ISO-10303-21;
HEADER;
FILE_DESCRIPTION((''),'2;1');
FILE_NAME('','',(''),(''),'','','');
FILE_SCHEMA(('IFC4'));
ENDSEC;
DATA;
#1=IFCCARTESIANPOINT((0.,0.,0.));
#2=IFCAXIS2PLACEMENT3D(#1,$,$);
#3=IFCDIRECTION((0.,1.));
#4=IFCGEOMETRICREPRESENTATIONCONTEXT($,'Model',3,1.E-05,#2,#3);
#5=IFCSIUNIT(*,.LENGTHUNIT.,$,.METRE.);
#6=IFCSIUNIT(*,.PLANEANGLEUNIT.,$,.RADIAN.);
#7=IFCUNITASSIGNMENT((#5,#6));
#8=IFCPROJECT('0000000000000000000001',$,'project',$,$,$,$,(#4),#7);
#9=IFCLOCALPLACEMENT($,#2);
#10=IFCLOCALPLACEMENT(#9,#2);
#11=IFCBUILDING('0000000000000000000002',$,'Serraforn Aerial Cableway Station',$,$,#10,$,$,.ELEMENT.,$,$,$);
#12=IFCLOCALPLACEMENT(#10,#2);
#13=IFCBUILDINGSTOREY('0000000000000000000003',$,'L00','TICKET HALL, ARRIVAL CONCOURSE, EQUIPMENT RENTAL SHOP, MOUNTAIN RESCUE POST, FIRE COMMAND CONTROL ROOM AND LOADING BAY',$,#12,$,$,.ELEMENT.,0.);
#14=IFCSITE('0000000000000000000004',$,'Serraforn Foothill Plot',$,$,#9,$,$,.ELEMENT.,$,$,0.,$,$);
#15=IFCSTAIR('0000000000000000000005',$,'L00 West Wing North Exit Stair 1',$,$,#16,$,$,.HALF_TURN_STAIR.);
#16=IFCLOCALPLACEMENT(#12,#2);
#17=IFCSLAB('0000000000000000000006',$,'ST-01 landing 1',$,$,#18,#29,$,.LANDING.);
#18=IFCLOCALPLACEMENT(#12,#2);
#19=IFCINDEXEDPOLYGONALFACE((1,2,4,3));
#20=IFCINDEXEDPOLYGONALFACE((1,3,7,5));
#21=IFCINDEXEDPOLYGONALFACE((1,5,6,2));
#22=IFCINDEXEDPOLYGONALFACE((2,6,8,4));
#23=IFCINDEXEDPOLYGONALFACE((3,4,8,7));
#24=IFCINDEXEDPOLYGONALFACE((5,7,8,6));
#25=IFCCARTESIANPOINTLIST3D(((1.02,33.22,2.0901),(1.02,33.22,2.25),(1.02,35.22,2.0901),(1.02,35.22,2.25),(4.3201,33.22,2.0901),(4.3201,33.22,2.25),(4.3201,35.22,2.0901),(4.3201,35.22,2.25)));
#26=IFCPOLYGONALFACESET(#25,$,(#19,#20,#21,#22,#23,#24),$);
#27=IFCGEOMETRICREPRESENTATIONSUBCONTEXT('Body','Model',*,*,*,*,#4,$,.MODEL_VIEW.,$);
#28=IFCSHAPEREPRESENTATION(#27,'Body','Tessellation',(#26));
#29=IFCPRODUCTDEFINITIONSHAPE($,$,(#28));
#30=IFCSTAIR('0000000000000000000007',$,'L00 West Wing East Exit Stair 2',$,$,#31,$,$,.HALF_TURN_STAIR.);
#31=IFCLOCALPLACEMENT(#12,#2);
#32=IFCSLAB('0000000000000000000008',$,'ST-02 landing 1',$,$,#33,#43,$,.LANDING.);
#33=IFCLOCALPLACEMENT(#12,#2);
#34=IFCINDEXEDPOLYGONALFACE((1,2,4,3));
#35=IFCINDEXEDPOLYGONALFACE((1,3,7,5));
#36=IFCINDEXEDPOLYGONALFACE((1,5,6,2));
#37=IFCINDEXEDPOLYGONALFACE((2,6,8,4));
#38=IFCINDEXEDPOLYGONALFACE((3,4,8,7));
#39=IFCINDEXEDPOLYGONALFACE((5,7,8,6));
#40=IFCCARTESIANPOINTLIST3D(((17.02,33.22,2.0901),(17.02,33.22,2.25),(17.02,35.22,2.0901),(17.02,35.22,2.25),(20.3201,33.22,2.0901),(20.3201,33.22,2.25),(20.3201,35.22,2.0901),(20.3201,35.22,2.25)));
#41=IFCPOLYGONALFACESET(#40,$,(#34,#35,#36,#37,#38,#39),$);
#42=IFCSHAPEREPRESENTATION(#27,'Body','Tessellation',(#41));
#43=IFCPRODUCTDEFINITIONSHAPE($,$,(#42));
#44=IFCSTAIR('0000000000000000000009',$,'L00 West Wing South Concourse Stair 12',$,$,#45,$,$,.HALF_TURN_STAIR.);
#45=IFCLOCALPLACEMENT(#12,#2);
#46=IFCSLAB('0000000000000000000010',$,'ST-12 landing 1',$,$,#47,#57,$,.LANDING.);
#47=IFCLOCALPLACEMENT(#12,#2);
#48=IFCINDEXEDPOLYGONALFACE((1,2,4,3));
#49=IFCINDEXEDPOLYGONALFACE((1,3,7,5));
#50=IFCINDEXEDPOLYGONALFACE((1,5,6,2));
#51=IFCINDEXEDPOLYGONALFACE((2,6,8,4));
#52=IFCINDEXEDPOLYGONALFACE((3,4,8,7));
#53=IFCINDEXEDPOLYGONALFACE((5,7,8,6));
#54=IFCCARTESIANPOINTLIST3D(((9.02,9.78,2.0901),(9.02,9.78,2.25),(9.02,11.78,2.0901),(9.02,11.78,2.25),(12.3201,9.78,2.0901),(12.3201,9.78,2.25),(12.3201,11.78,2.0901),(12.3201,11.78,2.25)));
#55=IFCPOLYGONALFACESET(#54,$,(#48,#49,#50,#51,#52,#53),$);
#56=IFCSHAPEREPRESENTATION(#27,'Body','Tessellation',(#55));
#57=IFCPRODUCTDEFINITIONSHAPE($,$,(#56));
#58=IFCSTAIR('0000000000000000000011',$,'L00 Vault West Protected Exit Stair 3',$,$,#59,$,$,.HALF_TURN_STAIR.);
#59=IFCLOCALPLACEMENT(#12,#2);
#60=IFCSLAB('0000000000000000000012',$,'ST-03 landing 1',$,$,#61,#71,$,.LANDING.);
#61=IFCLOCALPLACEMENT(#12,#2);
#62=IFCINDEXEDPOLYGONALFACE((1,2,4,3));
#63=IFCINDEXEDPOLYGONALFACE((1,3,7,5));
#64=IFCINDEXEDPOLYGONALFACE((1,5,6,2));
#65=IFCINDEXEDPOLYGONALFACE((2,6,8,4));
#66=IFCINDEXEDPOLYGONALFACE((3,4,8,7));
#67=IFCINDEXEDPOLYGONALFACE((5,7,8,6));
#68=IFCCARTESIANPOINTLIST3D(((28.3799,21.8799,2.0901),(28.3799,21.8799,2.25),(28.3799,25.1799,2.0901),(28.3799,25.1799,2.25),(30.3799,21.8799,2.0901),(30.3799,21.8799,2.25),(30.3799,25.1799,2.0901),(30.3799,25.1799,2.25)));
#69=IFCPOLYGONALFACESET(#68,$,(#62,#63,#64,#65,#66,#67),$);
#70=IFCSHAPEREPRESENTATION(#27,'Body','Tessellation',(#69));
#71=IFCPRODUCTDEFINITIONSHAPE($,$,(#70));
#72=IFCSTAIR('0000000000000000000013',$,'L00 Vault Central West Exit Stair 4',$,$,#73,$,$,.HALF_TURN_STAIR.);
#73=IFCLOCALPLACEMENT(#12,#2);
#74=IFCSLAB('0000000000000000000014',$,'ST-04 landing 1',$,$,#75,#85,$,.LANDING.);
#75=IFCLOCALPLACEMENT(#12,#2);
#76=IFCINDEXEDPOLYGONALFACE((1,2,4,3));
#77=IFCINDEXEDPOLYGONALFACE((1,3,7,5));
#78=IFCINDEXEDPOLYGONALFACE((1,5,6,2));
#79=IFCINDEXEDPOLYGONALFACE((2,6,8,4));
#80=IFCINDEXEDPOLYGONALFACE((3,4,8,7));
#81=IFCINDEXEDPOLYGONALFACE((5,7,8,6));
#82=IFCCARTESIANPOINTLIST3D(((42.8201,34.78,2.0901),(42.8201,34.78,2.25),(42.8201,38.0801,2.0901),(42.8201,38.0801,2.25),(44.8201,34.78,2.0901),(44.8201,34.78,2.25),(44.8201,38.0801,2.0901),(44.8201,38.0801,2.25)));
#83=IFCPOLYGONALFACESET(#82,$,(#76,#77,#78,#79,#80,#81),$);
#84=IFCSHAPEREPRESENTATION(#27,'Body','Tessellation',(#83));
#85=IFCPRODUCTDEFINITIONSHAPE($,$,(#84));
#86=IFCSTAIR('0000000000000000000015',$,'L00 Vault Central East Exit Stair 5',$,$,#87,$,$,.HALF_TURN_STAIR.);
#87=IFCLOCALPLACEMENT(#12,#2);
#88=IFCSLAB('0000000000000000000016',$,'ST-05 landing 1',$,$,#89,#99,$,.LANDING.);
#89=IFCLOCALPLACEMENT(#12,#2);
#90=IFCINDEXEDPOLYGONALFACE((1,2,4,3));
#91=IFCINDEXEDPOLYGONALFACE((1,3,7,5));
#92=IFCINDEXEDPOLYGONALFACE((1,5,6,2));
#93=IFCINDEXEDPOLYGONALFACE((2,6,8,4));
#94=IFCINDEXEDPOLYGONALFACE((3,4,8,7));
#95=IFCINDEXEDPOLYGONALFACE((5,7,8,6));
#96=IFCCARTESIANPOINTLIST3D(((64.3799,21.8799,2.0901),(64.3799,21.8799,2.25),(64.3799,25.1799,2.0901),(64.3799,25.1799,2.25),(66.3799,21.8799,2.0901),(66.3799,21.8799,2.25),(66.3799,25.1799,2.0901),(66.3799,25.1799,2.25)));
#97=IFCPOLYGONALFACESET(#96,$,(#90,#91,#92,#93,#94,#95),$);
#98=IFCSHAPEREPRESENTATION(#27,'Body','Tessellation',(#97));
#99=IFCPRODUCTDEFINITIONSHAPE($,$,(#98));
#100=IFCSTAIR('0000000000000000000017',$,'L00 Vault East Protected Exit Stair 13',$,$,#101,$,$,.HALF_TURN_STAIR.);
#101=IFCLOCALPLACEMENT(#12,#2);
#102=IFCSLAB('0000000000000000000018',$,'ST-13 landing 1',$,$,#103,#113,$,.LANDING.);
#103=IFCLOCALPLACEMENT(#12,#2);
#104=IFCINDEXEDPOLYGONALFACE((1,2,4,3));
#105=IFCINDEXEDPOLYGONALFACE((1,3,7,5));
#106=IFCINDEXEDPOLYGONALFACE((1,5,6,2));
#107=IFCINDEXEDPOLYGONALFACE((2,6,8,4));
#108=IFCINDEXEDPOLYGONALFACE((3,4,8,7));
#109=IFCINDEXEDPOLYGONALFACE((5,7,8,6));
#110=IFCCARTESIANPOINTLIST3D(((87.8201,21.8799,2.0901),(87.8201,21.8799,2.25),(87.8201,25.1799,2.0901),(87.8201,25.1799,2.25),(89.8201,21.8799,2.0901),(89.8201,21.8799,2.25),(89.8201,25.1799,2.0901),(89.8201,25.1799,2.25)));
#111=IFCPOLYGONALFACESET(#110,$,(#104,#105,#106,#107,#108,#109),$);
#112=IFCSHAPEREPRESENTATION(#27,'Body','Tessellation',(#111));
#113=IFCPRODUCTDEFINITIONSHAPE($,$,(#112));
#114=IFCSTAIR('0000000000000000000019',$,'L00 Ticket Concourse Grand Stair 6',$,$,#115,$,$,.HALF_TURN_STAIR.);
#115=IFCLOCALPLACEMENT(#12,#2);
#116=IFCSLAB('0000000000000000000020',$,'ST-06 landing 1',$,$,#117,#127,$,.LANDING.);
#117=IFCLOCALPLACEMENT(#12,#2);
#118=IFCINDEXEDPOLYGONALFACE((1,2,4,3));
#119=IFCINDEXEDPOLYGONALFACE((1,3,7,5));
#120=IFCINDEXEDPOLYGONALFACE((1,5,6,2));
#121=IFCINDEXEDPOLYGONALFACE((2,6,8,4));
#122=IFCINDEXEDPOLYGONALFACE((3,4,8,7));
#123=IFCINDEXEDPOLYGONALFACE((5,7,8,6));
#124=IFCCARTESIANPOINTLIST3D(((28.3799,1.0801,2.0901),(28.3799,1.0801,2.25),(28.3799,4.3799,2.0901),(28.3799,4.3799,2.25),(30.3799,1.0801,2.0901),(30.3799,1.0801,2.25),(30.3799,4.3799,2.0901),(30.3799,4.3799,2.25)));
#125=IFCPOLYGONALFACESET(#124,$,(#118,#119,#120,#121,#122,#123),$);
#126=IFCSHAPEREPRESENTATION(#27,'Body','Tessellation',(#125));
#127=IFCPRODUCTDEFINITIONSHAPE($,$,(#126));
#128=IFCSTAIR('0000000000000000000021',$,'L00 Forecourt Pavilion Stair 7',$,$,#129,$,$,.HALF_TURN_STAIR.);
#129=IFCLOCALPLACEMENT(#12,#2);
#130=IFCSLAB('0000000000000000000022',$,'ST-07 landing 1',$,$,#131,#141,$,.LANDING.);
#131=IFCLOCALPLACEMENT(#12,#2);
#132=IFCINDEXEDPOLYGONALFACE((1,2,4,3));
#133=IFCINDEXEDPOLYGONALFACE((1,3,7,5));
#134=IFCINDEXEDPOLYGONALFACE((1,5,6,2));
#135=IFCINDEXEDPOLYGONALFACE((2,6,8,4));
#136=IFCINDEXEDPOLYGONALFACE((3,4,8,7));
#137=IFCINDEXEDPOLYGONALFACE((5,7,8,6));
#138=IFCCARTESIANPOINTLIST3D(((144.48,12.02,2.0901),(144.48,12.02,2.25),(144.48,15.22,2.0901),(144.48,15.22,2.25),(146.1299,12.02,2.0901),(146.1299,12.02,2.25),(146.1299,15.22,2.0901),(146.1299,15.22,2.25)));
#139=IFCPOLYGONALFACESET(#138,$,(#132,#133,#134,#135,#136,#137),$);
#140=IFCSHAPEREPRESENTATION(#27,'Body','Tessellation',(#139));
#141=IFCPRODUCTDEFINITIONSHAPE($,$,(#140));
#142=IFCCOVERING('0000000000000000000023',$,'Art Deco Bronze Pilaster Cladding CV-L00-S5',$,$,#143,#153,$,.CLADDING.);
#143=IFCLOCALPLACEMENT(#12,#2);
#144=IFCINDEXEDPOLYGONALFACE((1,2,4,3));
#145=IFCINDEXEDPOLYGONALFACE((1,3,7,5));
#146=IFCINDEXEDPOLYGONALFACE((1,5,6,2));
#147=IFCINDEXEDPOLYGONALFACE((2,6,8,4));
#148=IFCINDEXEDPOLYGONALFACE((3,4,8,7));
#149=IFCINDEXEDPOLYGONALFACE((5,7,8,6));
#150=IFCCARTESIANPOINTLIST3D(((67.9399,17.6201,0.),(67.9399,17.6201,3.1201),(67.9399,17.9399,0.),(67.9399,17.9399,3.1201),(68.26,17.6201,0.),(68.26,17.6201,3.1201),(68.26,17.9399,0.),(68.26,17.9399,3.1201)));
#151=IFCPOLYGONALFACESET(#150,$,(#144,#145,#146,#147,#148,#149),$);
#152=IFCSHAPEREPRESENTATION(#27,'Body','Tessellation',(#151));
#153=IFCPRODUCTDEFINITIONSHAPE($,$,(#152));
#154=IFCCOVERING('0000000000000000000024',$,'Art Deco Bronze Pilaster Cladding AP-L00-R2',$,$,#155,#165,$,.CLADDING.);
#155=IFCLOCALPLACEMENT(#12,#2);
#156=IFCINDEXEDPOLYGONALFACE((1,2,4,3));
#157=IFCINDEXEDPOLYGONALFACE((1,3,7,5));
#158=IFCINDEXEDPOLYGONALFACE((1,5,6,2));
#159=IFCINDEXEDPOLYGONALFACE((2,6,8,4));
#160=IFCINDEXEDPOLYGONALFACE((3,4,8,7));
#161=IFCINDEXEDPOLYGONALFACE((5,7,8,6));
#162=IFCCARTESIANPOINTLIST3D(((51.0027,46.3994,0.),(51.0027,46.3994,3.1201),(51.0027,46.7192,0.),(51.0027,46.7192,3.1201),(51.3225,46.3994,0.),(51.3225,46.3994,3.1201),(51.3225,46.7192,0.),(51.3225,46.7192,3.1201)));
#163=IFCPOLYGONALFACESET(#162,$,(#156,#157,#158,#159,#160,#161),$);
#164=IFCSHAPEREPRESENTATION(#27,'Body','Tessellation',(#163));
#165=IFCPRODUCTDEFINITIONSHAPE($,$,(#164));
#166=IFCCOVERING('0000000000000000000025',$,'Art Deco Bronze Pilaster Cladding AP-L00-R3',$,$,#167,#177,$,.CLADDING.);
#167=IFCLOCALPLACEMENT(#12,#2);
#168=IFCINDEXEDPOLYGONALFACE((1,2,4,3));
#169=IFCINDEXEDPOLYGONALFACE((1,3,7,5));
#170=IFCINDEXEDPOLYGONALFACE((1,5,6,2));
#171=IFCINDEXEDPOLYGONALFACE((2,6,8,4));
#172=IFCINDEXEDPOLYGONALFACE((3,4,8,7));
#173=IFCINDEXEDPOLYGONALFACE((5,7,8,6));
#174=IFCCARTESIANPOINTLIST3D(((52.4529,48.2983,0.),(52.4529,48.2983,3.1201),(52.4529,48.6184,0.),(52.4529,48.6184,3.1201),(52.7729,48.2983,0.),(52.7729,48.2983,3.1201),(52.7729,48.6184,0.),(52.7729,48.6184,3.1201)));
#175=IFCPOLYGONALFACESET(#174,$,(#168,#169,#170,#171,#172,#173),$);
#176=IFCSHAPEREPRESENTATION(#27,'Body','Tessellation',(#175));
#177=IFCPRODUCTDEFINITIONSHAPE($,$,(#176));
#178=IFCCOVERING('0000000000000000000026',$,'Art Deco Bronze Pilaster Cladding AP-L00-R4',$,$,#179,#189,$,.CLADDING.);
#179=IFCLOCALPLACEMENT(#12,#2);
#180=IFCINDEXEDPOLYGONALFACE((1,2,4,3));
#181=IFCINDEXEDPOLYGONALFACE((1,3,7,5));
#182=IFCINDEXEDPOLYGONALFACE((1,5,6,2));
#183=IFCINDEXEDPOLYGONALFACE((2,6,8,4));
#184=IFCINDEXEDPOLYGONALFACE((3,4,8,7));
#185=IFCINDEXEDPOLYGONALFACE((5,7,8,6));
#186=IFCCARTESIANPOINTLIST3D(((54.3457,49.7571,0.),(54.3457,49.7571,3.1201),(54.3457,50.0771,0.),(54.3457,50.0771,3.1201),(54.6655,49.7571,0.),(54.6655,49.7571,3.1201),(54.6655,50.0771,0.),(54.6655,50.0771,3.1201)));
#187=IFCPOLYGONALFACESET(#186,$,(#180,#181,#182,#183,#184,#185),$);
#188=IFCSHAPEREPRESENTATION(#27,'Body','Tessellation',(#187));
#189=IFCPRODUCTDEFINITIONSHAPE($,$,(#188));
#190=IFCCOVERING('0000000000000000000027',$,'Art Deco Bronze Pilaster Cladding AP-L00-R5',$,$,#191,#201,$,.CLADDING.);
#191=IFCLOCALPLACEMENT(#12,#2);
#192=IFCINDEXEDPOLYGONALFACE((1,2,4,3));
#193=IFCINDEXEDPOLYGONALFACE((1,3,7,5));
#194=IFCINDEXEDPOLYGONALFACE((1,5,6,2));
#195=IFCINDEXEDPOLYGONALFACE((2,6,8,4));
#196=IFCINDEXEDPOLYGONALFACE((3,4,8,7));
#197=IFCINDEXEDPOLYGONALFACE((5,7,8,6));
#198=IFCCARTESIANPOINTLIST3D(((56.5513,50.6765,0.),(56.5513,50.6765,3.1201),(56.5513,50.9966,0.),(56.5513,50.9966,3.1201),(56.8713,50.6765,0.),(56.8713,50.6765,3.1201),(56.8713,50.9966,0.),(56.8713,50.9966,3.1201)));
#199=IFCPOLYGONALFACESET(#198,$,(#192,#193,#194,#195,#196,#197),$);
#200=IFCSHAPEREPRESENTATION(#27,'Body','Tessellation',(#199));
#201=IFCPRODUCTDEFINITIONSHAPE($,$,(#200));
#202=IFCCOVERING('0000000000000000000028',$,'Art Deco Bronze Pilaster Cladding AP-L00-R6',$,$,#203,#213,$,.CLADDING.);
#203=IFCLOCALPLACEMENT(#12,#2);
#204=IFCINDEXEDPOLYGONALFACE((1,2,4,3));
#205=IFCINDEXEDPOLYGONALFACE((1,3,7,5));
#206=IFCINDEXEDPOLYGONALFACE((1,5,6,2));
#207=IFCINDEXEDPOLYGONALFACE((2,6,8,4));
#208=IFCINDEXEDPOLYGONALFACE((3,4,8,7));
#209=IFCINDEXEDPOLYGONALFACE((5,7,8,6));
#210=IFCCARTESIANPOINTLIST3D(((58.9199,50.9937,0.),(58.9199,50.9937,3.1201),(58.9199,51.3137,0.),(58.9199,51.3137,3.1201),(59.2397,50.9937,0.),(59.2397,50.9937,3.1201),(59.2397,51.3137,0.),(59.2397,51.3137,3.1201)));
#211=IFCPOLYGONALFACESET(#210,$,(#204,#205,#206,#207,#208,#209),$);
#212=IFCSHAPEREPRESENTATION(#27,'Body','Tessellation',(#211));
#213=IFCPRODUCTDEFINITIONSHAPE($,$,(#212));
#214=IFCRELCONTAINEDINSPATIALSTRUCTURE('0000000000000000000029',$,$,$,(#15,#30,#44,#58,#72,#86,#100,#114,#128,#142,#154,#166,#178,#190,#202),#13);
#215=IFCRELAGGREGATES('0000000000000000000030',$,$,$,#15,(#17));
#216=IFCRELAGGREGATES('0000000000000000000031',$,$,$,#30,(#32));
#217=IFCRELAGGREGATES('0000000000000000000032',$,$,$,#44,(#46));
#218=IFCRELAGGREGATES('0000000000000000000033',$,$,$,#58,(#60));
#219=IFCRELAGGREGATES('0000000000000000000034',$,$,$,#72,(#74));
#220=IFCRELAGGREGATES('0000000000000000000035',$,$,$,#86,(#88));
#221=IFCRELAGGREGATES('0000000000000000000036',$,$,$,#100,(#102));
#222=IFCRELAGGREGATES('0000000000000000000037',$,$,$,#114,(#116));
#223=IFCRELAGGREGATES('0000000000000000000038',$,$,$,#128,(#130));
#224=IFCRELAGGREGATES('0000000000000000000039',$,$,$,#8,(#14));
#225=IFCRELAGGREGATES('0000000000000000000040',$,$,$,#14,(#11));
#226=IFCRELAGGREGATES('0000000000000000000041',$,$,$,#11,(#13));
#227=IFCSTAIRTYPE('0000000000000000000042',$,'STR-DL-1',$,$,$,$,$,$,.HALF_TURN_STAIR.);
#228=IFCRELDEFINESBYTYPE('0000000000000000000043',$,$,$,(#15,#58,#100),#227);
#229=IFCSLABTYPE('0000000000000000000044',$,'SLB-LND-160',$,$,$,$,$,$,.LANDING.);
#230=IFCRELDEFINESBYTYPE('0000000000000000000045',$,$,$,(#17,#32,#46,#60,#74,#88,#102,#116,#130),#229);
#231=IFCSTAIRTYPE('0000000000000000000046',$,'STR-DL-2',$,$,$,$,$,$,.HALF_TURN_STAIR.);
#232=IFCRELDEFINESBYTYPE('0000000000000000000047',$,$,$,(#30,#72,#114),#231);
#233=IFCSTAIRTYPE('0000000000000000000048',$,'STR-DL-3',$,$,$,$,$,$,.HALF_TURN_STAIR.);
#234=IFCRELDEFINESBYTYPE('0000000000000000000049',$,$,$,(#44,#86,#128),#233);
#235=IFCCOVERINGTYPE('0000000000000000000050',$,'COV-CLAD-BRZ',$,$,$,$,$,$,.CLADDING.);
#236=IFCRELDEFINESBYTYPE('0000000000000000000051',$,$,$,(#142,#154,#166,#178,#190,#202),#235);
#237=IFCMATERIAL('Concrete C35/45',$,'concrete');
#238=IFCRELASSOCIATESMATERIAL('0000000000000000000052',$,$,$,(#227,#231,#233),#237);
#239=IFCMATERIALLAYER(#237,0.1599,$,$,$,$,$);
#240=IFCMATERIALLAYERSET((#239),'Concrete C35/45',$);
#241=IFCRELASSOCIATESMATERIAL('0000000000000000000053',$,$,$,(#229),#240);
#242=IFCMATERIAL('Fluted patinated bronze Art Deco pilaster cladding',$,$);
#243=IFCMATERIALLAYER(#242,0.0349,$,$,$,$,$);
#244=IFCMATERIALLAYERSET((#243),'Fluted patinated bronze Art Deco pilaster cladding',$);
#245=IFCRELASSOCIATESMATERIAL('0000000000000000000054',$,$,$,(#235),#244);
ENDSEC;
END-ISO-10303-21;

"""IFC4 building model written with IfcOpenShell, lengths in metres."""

from ifc_helpers import new_model, si_unit, direction, frame, origin, place, context, subcontext, project, spatial, polyline, outline, extrude, material, layer, layer_set, type_object, element, aggregate, save


model = new_model("IFC4")

# Units and contexts
model_context = context("Model", 3, precision=1e-05, world=origin(), true_north=direction((0.0, 1.0)))
body_context = subcontext(model_context, "Body", "Model", "MODEL_VIEW")
ifc_project = project(units=[si_unit("LENGTHUNIT", "METRE"), si_unit("PLANEANGLEUNIT", "RADIAN")], contexts=[model_context])

# Site, building, storey
site_placement = place(None, origin())
site = spatial("IfcSite", under=ifc_project, at=site_placement, Name="Serraforn Foothill Plot", CompositionType="ELEMENT", RefElevation=0.0)
building_placement = place(site_placement, origin())
building = spatial("IfcBuilding", under=site, at=building_placement, Name="Serraforn Aerial Cableway Station", CompositionType="ELEMENT")
storey_placement = place(building_placement, origin())
storey = spatial("IfcBuildingStorey", under=building, at=storey_placement, Name="L00", Description="TICKET HALL, ARRIVAL CONCOURSE, EQUIPMENT RENTAL SHOP, MOUNTAIN RESCUE POST, FIRE COMMAND CONTROL ROOM AND LOADING BAY", CompositionType="ELEMENT", Elevation=0.0)

# Stairs, slabs
ifc_material_1 = material(Name="Concrete C35/45", Category="concrete")
stair_type_1 = type_object("IfcStairType", Name="STR-DL-1", PredefinedType="HALF_TURN_STAIR", material=ifc_material_1)
stair_1_placement = place(storey_placement, origin())
stair_1 = element("IfcStair", 1, at=stair_1_placement, inside=storey, type_object=stair_type_1, Name="L00 West Wing North Exit Stair 1", PredefinedType="HALF_TURN_STAIR")
ifc_layer_1 = layer(ifc_material_1, 0.1599)
ifc_layer_set_1 = layer_set([ifc_layer_1], Name="Concrete C35/45")
slab_type = type_object("IfcSlabType", Name="SLB-LND-160", PredefinedType="LANDING", material=ifc_layer_set_1)
slab_1_placement = place(storey_placement, frame((0.0, 0.0, 2.0901)))
slab_1 = element("IfcSlab", 2, at=slab_1_placement, type_object=slab_type, Name="ST-01 landing 1", PredefinedType="LANDING", context=body_context, shape_type="SweptSolid", body=[
    extrude(outline(polyline([(4.3201, 33.22), (4.3201, 35.22), (1.02, 35.22), (1.02, 33.22), (4.3201, 33.22)])), origin(), (0.0, 0.0, 1.0), 0.1599),
])
aggregate(stair_1, [slab_1])
stair_type_2 = type_object("IfcStairType", Name="STR-DL-2", PredefinedType="HALF_TURN_STAIR", material=ifc_material_1)
stair_2_placement = place(storey_placement, origin())
stair_2 = element("IfcStair", 3, at=stair_2_placement, inside=storey, type_object=stair_type_2, Name="L00 West Wing East Exit Stair 2", PredefinedType="HALF_TURN_STAIR")
slab_2_placement = place(storey_placement, frame((0.0, 0.0, 2.0901)))
slab_2 = element("IfcSlab", 4, at=slab_2_placement, type_object=slab_type, Name="ST-02 landing 1", PredefinedType="LANDING", context=body_context, shape_type="SweptSolid", body=[
    extrude(outline(polyline([(20.3201, 33.22), (20.3201, 35.22), (17.02, 35.22), (17.02, 33.22), (20.3201, 33.22)])), origin(), (0.0, 0.0, 1.0), 0.1599),
])
aggregate(stair_2, [slab_2])
stair_type_3 = type_object("IfcStairType", Name="STR-DL-3", PredefinedType="HALF_TURN_STAIR", material=ifc_material_1)
stair_3_placement = place(storey_placement, origin())
stair_3 = element("IfcStair", 5, at=stair_3_placement, inside=storey, type_object=stair_type_3, Name="L00 West Wing South Concourse Stair 12", PredefinedType="HALF_TURN_STAIR")
slab_3_placement = place(storey_placement, frame((0.0, 0.0, 2.0901)))
slab_3 = element("IfcSlab", 6, at=slab_3_placement, type_object=slab_type, Name="ST-12 landing 1", PredefinedType="LANDING", context=body_context, shape_type="SweptSolid", body=[
    extrude(outline(polyline([(9.02, 11.78), (9.02, 9.78), (12.3201, 9.78), (12.3201, 11.78), (9.02, 11.78)])), origin(), (0.0, 0.0, 1.0), 0.1599),
])
aggregate(stair_3, [slab_3])
stair_4_placement = place(storey_placement, origin())
stair_4 = element("IfcStair", 7, at=stair_4_placement, inside=storey, type_object=stair_type_1, Name="L00 Vault West Protected Exit Stair 3", PredefinedType="HALF_TURN_STAIR")
slab_4_placement = place(storey_placement, frame((0.0, 0.0, 2.0901)))
slab_4 = element("IfcSlab", 8, at=slab_4_placement, type_object=slab_type, Name="ST-03 landing 1", PredefinedType="LANDING", context=body_context, shape_type="SweptSolid", body=[
    extrude(outline(polyline([(30.3799, 25.1799), (28.3799, 25.1799), (28.3799, 21.8799), (30.3799, 21.8799), (30.3799, 25.1799)])), origin(), (0.0, 0.0, 1.0), 0.1599),
])
aggregate(stair_4, [slab_4])
stair_5_placement = place(storey_placement, origin())
stair_5 = element("IfcStair", 9, at=stair_5_placement, inside=storey, type_object=stair_type_2, Name="L00 Vault Central West Exit Stair 4", PredefinedType="HALF_TURN_STAIR")
slab_5_placement = place(storey_placement, frame((0.0, 0.0, 2.0901)))
slab_5 = element("IfcSlab", 10, at=slab_5_placement, type_object=slab_type, Name="ST-04 landing 1", PredefinedType="LANDING", context=body_context, shape_type="SweptSolid", body=[
    extrude(outline(polyline([(42.8201, 34.78), (44.8201, 34.78), (44.8201, 38.0801), (42.8201, 38.0801), (42.8201, 34.78)])), origin(), (0.0, 0.0, 1.0), 0.1599),
])
aggregate(stair_5, [slab_5])
stair_6_placement = place(storey_placement, origin())
stair_6 = element("IfcStair", 11, at=stair_6_placement, inside=storey, type_object=stair_type_3, Name="L00 Vault Central East Exit Stair 5", PredefinedType="HALF_TURN_STAIR")
slab_6_placement = place(storey_placement, frame((0.0, 0.0, 2.0901)))
slab_6 = element("IfcSlab", 12, at=slab_6_placement, type_object=slab_type, Name="ST-05 landing 1", PredefinedType="LANDING", context=body_context, shape_type="SweptSolid", body=[
    extrude(outline(polyline([(66.3799, 25.1799), (64.3799, 25.1799), (64.3799, 21.8799), (66.3799, 21.8799), (66.3799, 25.1799)])), origin(), (0.0, 0.0, 1.0), 0.1599),
])
aggregate(stair_6, [slab_6])
stair_7_placement = place(storey_placement, origin())
stair_7 = element("IfcStair", 13, at=stair_7_placement, inside=storey, type_object=stair_type_1, Name="L00 Vault East Protected Exit Stair 13", PredefinedType="HALF_TURN_STAIR")
slab_7_placement = place(storey_placement, frame((0.0, 0.0, 2.0901)))
slab_7 = element("IfcSlab", 14, at=slab_7_placement, type_object=slab_type, Name="ST-13 landing 1", PredefinedType="LANDING", context=body_context, shape_type="SweptSolid", body=[
    extrude(outline(polyline([(87.8201, 21.8799), (89.8201, 21.8799), (89.8201, 25.1799), (87.8201, 25.1799), (87.8201, 21.8799)])), origin(), (0.0, 0.0, 1.0), 0.1599),
])
aggregate(stair_7, [slab_7])
stair_8_placement = place(storey_placement, origin())
stair_8 = element("IfcStair", 15, at=stair_8_placement, inside=storey, type_object=stair_type_2, Name="L00 Ticket Concourse Grand Stair 6", PredefinedType="HALF_TURN_STAIR")
slab_8_placement = place(storey_placement, frame((0.0, 0.0, 2.0901)))
slab_8 = element("IfcSlab", 16, at=slab_8_placement, type_object=slab_type, Name="ST-06 landing 1", PredefinedType="LANDING", context=body_context, shape_type="SweptSolid", body=[
    extrude(outline(polyline([(30.3799, 4.3799), (28.3799, 4.3799), (28.3799, 1.0801), (30.3799, 1.0801), (30.3799, 4.3799)])), origin(), (0.0, 0.0, 1.0), 0.1599),
])
aggregate(stair_8, [slab_8])
stair_9_placement = place(storey_placement, origin())
stair_9 = element("IfcStair", 17, at=stair_9_placement, inside=storey, type_object=stair_type_3, Name="L00 Forecourt Pavilion Stair 7", PredefinedType="HALF_TURN_STAIR")
slab_9_placement = place(storey_placement, frame((0.0, 0.0, 2.0901)))
slab_9 = element("IfcSlab", 18, at=slab_9_placement, type_object=slab_type, Name="ST-07 landing 1", PredefinedType="LANDING", context=body_context, shape_type="SweptSolid", body=[
    extrude(outline(polyline([(146.1299, 15.22), (144.48, 15.22), (144.48, 12.02), (146.1299, 12.02), (146.1299, 15.22)])), origin(), (0.0, 0.0, 1.0), 0.1599),
])
aggregate(stair_9, [slab_9])

# Coverings
ifc_material_2 = material(Name="Fluted patinated bronze Art Deco pilaster cladding")
ifc_layer_2 = layer(ifc_material_2, 0.0349)
ifc_layer_set_2 = layer_set([ifc_layer_2], Name="Fluted patinated bronze Art Deco pilaster cladding")
covering_type_1 = type_object("IfcCoveringType", Name="COV-CLAD-BRZ", PredefinedType="CLADDING", material=ifc_layer_set_2)
covering_1_placement = place(storey_placement, origin())
element("IfcCovering", 19, at=covering_1_placement, inside=storey, type_object=covering_type_1, Name="Art Deco Bronze Pilaster Cladding CV-L00-S5", PredefinedType="CLADDING", context=body_context, shape_type="SweptSolid", body=[
    extrude(outline(polyline([(67.9399, 17.6201), (68.26, 17.6201), (68.26, 17.9399), (67.9399, 17.9399), (67.9399, 17.6201)])), origin(), (0.0, 0.0, 1.0), 3.1201),
])
covering_2_placement = place(storey_placement, origin())
element("IfcCovering", 20, at=covering_2_placement, inside=storey, type_object=covering_type_1, Name="Art Deco Bronze Pilaster Cladding AP-L00-R2", PredefinedType="CLADDING", context=body_context, shape_type="SweptSolid", body=[
    extrude(outline(polyline([(51.0027, 46.3994), (51.3225, 46.3994), (51.3225, 46.7192), (51.0027, 46.7192), (51.0027, 46.3994)])), origin(), (0.0, 0.0, 1.0), 3.1201),
])
covering_3_placement = place(storey_placement, origin())
element("IfcCovering", 21, at=covering_3_placement, inside=storey, type_object=covering_type_1, Name="Art Deco Bronze Pilaster Cladding AP-L00-R3", PredefinedType="CLADDING", context=body_context, shape_type="SweptSolid", body=[
    extrude(outline(polyline([(52.4529, 48.2983), (52.7729, 48.2983), (52.7729, 48.6184), (52.4529, 48.6184), (52.4529, 48.2983)])), origin(), (0.0, 0.0, 1.0), 3.1201),
])
covering_4_placement = place(storey_placement, origin())
element("IfcCovering", 22, at=covering_4_placement, inside=storey, type_object=covering_type_1, Name="Art Deco Bronze Pilaster Cladding AP-L00-R4", PredefinedType="CLADDING", context=body_context, shape_type="SweptSolid", body=[
    extrude(outline(polyline([(54.3457, 49.7571), (54.6655, 49.7571), (54.6655, 50.0771), (54.3457, 50.0771), (54.3457, 49.7571)])), origin(), (0.0, 0.0, 1.0), 3.1201),
])
covering_5_placement = place(storey_placement, origin())
element("IfcCovering", 23, at=covering_5_placement, inside=storey, type_object=covering_type_1, Name="Art Deco Bronze Pilaster Cladding AP-L00-R5", PredefinedType="CLADDING", context=body_context, shape_type="SweptSolid", body=[
    extrude(outline(polyline([(56.5513, 50.6765), (56.8713, 50.6765), (56.8713, 50.9966), (56.5513, 50.9966), (56.5513, 50.6765)])), origin(), (0.0, 0.0, 1.0), 3.1201),
])
covering_6_placement = place(storey_placement, origin())
element("IfcCovering", 24, at=covering_6_placement, inside=storey, type_object=covering_type_1, Name="Art Deco Bronze Pilaster Cladding AP-L00-R6", PredefinedType="CLADDING", context=body_context, shape_type="SweptSolid", body=[
    extrude(outline(polyline([(58.9199, 50.9937), (59.2397, 50.9937), (59.2397, 51.3137), (58.9199, 51.3137), (58.9199, 50.9937)])), origin(), (0.0, 0.0, 1.0), 3.1201),
])

save(model, "model.ifc")
